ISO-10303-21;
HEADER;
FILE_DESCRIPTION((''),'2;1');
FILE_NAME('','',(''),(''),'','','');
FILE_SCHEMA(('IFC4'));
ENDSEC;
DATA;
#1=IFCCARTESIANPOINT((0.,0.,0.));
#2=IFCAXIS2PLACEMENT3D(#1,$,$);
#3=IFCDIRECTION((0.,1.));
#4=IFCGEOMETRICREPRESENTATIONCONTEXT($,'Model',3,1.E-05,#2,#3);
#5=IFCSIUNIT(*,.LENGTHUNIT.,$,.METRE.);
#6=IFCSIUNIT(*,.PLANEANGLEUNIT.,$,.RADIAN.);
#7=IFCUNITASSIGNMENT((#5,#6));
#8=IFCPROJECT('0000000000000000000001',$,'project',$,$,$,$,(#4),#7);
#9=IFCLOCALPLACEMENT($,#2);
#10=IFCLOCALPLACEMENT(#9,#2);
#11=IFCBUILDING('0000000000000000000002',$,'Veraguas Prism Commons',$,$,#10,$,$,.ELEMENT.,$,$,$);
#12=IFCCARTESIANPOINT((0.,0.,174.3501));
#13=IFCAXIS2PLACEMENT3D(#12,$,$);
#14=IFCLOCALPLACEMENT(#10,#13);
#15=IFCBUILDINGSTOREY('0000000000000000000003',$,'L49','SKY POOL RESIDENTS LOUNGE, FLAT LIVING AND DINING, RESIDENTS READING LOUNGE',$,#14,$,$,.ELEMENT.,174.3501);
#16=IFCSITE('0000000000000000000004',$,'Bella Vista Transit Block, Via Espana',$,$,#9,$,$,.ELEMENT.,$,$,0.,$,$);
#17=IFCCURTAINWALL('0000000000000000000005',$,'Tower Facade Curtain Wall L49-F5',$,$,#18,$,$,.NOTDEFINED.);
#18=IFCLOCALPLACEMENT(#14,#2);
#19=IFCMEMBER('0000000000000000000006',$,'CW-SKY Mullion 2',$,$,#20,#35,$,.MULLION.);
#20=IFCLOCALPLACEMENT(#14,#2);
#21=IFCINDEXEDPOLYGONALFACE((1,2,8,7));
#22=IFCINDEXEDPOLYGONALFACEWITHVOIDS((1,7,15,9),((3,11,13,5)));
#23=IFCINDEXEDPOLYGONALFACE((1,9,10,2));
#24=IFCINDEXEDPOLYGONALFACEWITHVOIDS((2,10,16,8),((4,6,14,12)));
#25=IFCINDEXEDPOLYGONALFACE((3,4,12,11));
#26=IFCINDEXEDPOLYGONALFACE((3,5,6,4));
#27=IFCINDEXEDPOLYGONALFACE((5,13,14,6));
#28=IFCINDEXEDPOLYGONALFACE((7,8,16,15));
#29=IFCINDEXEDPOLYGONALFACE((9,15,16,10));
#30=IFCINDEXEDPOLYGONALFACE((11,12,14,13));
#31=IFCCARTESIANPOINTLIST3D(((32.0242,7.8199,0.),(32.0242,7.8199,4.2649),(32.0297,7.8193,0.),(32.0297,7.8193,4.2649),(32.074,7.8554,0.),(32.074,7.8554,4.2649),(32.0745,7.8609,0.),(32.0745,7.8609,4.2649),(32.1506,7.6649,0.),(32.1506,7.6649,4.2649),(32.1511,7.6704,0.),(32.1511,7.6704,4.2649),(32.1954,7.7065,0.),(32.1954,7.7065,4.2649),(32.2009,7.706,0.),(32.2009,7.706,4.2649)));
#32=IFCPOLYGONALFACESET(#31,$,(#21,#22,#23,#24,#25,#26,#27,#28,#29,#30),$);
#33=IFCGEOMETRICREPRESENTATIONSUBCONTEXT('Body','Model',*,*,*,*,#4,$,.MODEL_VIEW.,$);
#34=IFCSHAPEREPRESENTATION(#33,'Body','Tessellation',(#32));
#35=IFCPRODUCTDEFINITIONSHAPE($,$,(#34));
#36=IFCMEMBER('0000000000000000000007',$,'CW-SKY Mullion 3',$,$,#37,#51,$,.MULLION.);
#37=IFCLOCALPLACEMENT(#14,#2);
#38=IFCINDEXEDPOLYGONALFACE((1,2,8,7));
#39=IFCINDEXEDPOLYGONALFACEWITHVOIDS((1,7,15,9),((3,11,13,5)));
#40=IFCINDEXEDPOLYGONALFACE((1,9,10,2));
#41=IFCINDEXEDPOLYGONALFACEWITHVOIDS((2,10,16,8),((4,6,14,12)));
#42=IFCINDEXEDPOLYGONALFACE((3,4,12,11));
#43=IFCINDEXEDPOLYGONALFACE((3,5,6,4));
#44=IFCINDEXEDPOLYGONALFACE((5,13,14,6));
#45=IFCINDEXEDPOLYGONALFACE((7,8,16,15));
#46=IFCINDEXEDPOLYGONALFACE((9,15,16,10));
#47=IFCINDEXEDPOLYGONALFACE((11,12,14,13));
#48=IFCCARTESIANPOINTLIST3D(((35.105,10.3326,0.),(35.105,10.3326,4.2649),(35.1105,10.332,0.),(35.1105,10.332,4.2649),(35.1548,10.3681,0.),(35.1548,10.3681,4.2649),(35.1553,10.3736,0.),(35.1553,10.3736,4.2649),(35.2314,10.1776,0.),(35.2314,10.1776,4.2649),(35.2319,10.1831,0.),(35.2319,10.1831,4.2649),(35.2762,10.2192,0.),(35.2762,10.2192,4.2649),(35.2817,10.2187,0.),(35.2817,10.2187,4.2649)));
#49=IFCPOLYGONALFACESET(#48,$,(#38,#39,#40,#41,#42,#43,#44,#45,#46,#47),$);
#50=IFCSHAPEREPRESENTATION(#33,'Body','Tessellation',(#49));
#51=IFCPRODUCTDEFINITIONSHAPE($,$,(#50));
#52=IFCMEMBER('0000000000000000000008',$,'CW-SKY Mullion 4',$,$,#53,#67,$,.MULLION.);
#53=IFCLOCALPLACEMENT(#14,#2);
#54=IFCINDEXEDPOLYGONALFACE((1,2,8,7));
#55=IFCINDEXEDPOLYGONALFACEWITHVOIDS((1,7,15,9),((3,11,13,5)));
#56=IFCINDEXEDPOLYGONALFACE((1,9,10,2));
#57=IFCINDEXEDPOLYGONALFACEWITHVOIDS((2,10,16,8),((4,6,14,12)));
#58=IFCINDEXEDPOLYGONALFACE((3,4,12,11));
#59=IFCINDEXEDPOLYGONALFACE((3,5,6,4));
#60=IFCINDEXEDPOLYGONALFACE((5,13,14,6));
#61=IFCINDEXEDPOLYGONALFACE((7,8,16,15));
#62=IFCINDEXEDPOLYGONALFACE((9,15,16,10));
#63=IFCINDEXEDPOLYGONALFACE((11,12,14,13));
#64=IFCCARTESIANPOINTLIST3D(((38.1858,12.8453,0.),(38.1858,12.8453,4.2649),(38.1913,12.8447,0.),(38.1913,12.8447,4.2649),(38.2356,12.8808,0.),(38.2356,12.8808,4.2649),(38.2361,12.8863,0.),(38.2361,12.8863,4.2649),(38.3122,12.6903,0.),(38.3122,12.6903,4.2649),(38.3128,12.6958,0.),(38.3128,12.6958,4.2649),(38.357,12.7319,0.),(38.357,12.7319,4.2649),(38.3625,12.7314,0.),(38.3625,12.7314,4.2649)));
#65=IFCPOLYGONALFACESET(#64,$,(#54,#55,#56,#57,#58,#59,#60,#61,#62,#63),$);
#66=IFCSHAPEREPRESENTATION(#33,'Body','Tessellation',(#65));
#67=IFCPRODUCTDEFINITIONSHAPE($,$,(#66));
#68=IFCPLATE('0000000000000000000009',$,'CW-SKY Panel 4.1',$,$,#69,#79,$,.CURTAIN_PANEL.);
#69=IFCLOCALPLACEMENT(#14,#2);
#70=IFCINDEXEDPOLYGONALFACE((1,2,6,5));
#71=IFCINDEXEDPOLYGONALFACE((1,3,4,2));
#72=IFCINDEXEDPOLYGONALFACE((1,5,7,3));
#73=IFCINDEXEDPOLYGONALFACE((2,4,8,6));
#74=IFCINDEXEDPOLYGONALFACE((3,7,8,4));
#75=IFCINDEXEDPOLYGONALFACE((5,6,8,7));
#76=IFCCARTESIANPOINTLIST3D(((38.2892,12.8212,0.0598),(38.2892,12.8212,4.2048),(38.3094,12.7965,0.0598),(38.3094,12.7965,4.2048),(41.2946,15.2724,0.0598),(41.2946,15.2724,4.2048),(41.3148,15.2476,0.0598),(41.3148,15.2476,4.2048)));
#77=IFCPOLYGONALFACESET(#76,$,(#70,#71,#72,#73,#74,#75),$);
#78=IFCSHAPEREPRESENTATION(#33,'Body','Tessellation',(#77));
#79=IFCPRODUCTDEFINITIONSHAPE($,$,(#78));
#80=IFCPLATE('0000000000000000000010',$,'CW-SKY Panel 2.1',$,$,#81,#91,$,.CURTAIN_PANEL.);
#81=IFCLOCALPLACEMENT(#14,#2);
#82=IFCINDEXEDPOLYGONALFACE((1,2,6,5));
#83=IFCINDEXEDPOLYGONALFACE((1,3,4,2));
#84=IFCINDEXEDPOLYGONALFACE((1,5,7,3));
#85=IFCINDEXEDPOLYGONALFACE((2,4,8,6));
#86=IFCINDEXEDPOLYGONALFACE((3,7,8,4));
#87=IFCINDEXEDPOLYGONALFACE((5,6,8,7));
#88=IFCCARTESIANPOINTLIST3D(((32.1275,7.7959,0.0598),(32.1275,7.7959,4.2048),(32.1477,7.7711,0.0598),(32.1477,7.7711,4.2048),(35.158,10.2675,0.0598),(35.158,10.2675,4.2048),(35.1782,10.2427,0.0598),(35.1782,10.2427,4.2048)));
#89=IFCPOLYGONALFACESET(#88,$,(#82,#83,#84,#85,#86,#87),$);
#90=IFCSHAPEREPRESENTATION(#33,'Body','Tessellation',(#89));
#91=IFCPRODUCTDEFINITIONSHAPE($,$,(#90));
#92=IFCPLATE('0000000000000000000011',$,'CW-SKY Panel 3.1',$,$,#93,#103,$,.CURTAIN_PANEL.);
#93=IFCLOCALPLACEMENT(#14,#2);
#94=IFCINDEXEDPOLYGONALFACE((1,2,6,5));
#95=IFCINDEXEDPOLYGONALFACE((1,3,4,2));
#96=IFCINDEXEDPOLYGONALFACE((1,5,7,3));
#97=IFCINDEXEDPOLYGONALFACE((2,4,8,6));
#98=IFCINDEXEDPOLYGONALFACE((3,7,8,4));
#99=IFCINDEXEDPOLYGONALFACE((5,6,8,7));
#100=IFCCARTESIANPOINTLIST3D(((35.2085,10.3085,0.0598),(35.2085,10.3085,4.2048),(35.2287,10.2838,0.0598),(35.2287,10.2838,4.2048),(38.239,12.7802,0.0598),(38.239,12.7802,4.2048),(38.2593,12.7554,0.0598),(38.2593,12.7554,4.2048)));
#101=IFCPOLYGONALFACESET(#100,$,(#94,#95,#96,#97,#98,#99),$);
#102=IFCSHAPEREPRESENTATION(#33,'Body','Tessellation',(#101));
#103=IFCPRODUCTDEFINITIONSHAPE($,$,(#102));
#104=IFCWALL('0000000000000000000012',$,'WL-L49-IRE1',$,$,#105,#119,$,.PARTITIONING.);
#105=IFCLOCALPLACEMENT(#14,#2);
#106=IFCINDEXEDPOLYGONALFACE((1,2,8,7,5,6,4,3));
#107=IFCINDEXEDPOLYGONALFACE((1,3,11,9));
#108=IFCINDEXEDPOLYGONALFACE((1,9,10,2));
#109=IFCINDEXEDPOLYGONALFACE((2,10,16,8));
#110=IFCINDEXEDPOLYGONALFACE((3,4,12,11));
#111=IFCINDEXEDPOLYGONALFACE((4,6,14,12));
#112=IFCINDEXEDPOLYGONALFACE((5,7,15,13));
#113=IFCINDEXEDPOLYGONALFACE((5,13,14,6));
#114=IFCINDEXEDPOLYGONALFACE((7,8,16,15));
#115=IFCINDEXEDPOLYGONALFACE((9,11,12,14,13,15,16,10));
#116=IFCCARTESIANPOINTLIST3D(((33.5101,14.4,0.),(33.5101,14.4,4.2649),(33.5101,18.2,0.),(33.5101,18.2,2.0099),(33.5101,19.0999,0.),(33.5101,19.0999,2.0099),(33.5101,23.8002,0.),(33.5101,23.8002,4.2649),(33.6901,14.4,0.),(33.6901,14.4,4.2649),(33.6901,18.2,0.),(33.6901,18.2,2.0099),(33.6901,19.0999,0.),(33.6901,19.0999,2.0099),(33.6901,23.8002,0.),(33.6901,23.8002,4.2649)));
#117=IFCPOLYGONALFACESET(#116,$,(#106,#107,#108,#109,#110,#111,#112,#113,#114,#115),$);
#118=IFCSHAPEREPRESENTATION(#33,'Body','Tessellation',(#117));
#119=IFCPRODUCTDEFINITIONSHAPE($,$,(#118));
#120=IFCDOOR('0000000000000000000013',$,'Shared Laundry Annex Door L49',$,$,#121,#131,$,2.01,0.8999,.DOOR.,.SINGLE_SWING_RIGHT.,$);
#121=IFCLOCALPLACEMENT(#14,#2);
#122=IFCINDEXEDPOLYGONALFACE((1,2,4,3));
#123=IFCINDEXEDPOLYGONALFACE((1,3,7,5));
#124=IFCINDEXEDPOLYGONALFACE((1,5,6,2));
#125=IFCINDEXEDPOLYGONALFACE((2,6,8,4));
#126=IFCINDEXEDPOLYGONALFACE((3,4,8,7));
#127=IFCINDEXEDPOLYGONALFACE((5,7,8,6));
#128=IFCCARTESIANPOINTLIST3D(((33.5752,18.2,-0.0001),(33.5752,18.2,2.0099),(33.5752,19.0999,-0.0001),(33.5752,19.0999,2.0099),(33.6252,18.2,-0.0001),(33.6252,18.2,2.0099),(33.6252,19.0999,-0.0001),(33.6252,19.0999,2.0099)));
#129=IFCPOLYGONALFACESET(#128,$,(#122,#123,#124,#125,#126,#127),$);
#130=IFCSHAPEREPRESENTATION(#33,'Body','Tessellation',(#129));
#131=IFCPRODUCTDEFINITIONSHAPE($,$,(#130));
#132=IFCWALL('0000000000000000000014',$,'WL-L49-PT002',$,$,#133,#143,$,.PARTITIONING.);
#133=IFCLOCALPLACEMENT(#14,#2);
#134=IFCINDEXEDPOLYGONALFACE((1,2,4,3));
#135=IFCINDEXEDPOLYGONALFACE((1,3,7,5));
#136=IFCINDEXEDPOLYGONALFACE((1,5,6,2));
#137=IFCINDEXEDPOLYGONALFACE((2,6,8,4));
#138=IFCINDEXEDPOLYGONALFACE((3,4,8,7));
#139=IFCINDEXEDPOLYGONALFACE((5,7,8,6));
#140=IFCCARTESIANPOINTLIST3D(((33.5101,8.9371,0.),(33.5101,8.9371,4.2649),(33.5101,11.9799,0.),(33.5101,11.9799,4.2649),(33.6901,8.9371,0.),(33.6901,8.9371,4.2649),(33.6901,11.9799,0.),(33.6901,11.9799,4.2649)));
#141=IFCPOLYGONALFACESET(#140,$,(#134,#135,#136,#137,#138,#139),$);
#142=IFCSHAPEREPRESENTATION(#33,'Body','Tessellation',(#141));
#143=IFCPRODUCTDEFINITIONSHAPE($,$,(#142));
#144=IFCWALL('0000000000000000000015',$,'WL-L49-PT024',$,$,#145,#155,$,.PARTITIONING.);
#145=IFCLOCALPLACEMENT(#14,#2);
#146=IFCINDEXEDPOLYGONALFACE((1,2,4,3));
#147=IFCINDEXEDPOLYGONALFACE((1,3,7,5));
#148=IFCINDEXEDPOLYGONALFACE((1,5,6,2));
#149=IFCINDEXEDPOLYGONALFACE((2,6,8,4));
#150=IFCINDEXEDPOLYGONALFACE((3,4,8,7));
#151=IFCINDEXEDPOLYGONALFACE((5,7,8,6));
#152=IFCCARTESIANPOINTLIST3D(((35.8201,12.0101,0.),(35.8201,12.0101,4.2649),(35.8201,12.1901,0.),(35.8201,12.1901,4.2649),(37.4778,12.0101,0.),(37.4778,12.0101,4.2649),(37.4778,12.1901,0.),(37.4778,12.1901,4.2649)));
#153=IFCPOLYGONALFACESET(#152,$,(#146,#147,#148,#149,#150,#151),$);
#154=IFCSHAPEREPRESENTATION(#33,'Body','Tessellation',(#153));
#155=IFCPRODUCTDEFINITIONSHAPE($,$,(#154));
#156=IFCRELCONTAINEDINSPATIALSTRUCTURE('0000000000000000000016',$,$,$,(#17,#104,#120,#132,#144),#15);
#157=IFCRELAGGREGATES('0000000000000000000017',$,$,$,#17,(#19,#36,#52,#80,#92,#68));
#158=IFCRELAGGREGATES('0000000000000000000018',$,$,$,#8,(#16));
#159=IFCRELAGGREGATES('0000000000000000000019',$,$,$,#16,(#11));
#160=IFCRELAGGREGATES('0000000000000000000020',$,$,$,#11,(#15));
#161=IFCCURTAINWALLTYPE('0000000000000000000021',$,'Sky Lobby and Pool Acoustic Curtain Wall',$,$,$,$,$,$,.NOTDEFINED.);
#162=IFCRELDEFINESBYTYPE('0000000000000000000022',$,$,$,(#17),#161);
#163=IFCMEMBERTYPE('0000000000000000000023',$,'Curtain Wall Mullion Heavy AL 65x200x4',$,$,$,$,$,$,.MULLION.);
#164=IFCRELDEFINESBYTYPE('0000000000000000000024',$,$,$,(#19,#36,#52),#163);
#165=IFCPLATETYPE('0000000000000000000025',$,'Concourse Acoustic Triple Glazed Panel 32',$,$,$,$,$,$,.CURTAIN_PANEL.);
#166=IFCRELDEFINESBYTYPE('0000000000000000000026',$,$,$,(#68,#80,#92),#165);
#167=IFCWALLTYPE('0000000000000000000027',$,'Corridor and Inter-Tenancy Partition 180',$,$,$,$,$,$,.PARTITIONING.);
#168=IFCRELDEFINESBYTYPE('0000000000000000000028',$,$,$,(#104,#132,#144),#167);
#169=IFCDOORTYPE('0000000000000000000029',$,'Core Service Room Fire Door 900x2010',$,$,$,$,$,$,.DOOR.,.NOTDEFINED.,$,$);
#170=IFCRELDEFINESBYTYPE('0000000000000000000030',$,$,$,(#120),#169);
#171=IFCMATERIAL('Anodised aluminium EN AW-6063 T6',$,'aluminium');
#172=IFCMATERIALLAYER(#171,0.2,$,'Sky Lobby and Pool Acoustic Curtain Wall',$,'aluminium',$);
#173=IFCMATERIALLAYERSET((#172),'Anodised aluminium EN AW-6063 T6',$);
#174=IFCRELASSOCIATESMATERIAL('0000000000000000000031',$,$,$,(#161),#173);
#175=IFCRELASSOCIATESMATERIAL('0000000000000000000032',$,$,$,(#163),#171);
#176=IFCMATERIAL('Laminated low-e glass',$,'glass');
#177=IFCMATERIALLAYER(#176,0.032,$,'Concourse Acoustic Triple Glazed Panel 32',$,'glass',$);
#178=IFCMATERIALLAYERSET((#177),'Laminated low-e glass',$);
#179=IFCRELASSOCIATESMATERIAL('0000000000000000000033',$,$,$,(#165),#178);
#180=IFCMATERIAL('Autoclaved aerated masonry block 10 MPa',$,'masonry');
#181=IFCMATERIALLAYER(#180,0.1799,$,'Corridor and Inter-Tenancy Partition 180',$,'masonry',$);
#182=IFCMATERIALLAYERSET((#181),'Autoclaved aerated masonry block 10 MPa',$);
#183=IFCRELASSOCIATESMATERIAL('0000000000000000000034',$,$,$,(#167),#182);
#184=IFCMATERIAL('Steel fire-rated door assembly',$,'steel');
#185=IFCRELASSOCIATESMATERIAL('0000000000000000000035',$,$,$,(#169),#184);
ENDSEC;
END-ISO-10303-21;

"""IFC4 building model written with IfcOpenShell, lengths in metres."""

from ifc_helpers import new_model, si_unit, direction, frame, frame_2d, origin, origin_2d, place, context, subcontext, project, spatial, rectangle, hollow_rectangle, extrude, source, transform, mapped, material, layer, layer_set, material_profile, profile_set, type_object, element, fill, aggregate, save


model = new_model("IFC4")

# Units and contexts
model_context = context("Model", 3, precision=1e-05, world=origin(), true_north=direction((0.0, 1.0)))
body_context = subcontext(model_context, "Body", "Model", "MODEL_VIEW")
ifc_project = project(units=[si_unit("LENGTHUNIT", "METRE"), si_unit("PLANEANGLEUNIT", "RADIAN")], contexts=[model_context])

# Site, building, storey
site_placement = place(None, origin())
site = spatial("IfcSite", under=ifc_project, at=site_placement, Name="Bella Vista Transit Block, Via Espana", CompositionType="ELEMENT", RefElevation=0.0)
building_placement = place(site_placement, origin())
building = spatial("IfcBuilding", under=site, at=building_placement, Name="Veraguas Prism Commons", CompositionType="ELEMENT")
storey_placement = place(building_placement, frame((0.0, 0.0, 174.3501)))
storey = spatial("IfcBuildingStorey", under=building, at=storey_placement, Name="L49", Description="SKY POOL RESIDENTS LOUNGE, FLAT LIVING AND DINING, RESIDENTS READING LOUNGE", CompositionType="ELEMENT", Elevation=174.3501)

# Curtain wall, members, plates
ifc_material_1 = material(Name="Anodised aluminium EN AW-6063 T6", Category="aluminium")
ifc_layer_1 = layer(ifc_material_1, 0.2, Name="Sky Lobby and Pool Acoustic Curtain Wall", Category="aluminium")
ifc_layer_set_1 = layer_set([ifc_layer_1], Name="Anodised aluminium EN AW-6063 T6")
curtain_wall_type = type_object("IfcCurtainWallType", Name="Sky Lobby and Pool Acoustic Curtain Wall", PredefinedType="NOTDEFINED", material=ifc_layer_set_1)
curtain_wall_placement = place(storey_placement, origin())
curtain_wall = element("IfcCurtainWall", 1, at=curtain_wall_placement, inside=storey, type_object=curtain_wall_type, Name="Tower Facade Curtain Wall L49-F5", PredefinedType="NOTDEFINED")
ifc_material_profile_1 = material_profile(ifc_material_1, hollow_rectangle(XDim=0.0649, YDim=0.2, WallThickness=0.0039, at=origin_2d()), Name="AL65X200X4")
ifc_profile_set_1 = profile_set([ifc_material_profile_1], Name="Anodised aluminium EN AW-6063 T6")
member_type = type_object("IfcMemberType", Name="Curtain Wall Mullion Heavy AL 65x200x4", PredefinedType="MULLION", material=ifc_profile_set_1)
shared_shape_1 = source(origin(), body_context, "Body", "SweptSolid", [
    extrude(hollow_rectangle(XDim=0.0649, YDim=0.2, WallThickness=0.0039, at=origin_2d()), origin(), (0.0, 0.0, 1.0), 4.2649),
])
member_1_placement = place(storey_placement, frame((32.1125, 7.7629, 0.0), z_axis=(0.0, 0.0, 1.0), x_axis=(0.774941, 0.632033, 0.0)))
member_1 = element("IfcMember", 2, at=member_1_placement, type_object=member_type, Name="CW-SKY Mullion 2", PredefinedType="MULLION", context=body_context, shape_type="MappedRepresentation", body=[
    mapped(shared_shape_1, transform((0.0, 0.0, 0.0), scale=1.0)),
])
member_2_placement = place(storey_placement, frame((35.1934, 10.2756, 0.0), z_axis=(0.0, 0.0, 1.0), x_axis=(0.774941, 0.632033, 0.0)))
member_2 = element("IfcMember", 3, at=member_2_placement, type_object=member_type, Name="CW-SKY Mullion 3", PredefinedType="MULLION", context=body_context, shape_type="MappedRepresentation", body=[
    mapped(shared_shape_1, transform((0.0, 0.0, 0.0), scale=1.0)),
])
member_3_placement = place(storey_placement, frame((38.2742, 12.7883, 0.0), z_axis=(0.0, 0.0, 1.0), x_axis=(0.774941, 0.632033, 0.0)))
member_3 = element("IfcMember", 4, at=member_3_placement, type_object=member_type, Name="CW-SKY Mullion 4", PredefinedType="MULLION", context=body_context, shape_type="MappedRepresentation", body=[
    mapped(shared_shape_1, transform((0.0, 0.0, 0.0), scale=1.0)),
])
ifc_material_2 = material(Name="Laminated low-e glass", Category="glass")
ifc_layer_2 = layer(ifc_material_2, 0.032, Name="Concourse Acoustic Triple Glazed Panel 32", Category="glass")
ifc_layer_set_2 = layer_set([ifc_layer_2], Name="Laminated low-e glass")
plate_type = type_object("IfcPlateType", Name="Concourse Acoustic Triple Glazed Panel 32", PredefinedType="CURTAIN_PANEL", material=ifc_layer_set_2)
shared_shape_2 = source(origin(), body_context, "Body", "SweptSolid", [
    extrude(rectangle(XDim=3.8782, YDim=0.032, at=origin_2d()), origin(), (0.0, 0.0, 1.0), 4.145),
])
plate_1_placement = place(storey_placement, frame((39.802, 14.0344, 0.0598), z_axis=(0.0, 0.0, 1.0), x_axis=(0.774941, 0.632033, 0.0)))
plate_1 = element("IfcPlate", 5, at=plate_1_placement, type_object=plate_type, Name="CW-SKY Panel 4.1", PredefinedType="CURTAIN_PANEL", context=body_context, shape_type="MappedRepresentation", body=[
    mapped(shared_shape_2, transform((0.0, 0.0, 0.0), scale=1.0)),
])
shared_shape_3 = source(origin(), body_context, "Body", "SweptSolid", [
    extrude(rectangle(XDim=3.9106, YDim=0.032, at=origin_2d()), origin(), (0.0, 0.0, 1.0), 4.145),
])
plate_2_placement = place(storey_placement, frame((33.6528, 9.0193, 0.0598), z_axis=(0.0, 0.0, 1.0), x_axis=(0.774941, 0.632033, 0.0)))
plate_2 = element("IfcPlate", 6, at=plate_2_placement, type_object=plate_type, Name="CW-SKY Panel 2.1", PredefinedType="CURTAIN_PANEL", context=body_context, shape_type="MappedRepresentation", body=[
    mapped(shared_shape_3, transform((0.0, 0.0, 0.0), scale=1.0)),
])
plate_3_placement = place(storey_placement, frame((36.7339, 11.532, 0.0598), z_axis=(0.0, 0.0, 1.0), x_axis=(0.774941, 0.632033, 0.0)))
plate_3 = element("IfcPlate", 7, at=plate_3_placement, type_object=plate_type, Name="CW-SKY Panel 3.1", PredefinedType="CURTAIN_PANEL", context=body_context, shape_type="MappedRepresentation", body=[
    mapped(shared_shape_3, transform((0.0, 0.0, 0.0), scale=1.0)),
])
aggregate(curtain_wall, [member_1, member_2, member_3, plate_2, plate_3, plate_1])

# Wall, opening, door
ifc_material_3 = material(Name="Autoclaved aerated masonry block 10 MPa", Category="masonry")
ifc_layer_3 = layer(ifc_material_3, 0.1799, Name="Corridor and Inter-Tenancy Partition 180", Category="masonry")
ifc_layer_set_3 = layer_set([ifc_layer_3], Name="Autoclaved aerated masonry block 10 MPa")
wall_type_1 = type_object("IfcWallType", Name="Corridor and Inter-Tenancy Partition 180", PredefinedType="PARTITIONING", material=ifc_layer_set_3)
wall_1_placement = place(storey_placement, frame((33.6001, 14.3999, 0.0), z_axis=(0.0, 0.0, 1.0), x_axis=(0.0, 1.0, 0.0)))
wall_1 = element("IfcWall", 8, at=wall_1_placement, inside=storey, type_object=wall_type_1, Name="WL-L49-IRE1", PredefinedType="PARTITIONING", context=body_context, shape_type="SweptSolid", body=[
    extrude(rectangle(XDim=9.4001, YDim=0.1799, at=frame_2d((4.7002, 0.0))), origin(), (0.0, 0.0, 1.0), 4.2649),
])
opening_1_placement = place(wall_1_placement, frame((3.8, 0.0, 0.0)))
opening_1 = element("IfcOpeningElement", 9, at=opening_1_placement, cuts=wall_1, PredefinedType="OPENING", context=body_context, shape_type="SweptSolid", body=[
    extrude(rectangle(XDim=0.8999, YDim=2.01, at=frame_2d((0.45, 1.0049))), frame((0.0, 0.0999, 0.0), z_axis=(0.0, -1.0, 0.0), x_axis=(1.0, 0.0, 0.0)), (0.0, 0.0, 1.0), 0.2),
])
ifc_material_4 = material(Name="Steel fire-rated door assembly", Category="steel")
door_type_1 = type_object("IfcDoorType", Name="Core Service Room Fire Door 900x2010", OperationType="NOTDEFINED", PredefinedType="DOOR", material=ifc_material_4)
shared_shape_4 = source(origin(), body_context, "Body", "SweptSolid", [
    extrude(rectangle(XDim=0.8999, YDim=2.01, at=frame_2d((0.45, 1.0049))), frame((0.0, 0.0249, 0.0), z_axis=(0.0, -1.0, 0.0), x_axis=(1.0, 0.0, 0.0)), (0.0, 0.0, 1.0), 0.05),
])
door_1_placement = place(opening_1_placement, origin())
door_1 = element("IfcDoor", 10, at=door_1_placement, inside=storey, type_object=door_type_1, Name="Shared Laundry Annex Door L49", OperationType="SINGLE_SWING_RIGHT", OverallHeight=2.01, OverallWidth=0.8999, PredefinedType="DOOR", context=body_context, shape_type="MappedRepresentation", body=[
    mapped(shared_shape_4, transform((0.0, 0.0, 0.0), scale=1.0)),
])
fill(opening_1, door_1)

# Walls
wall_2_placement = place(storey_placement, frame((33.6001, 11.98, 0.0), z_axis=(0.0, 0.0, 1.0), x_axis=(0.0, -1.0, 0.0)))
element("IfcWall", 11, at=wall_2_placement, inside=storey, type_object=wall_type_1, Name="WL-L49-PT002", PredefinedType="PARTITIONING", context=body_context, shape_type="SweptSolid", body=[
    extrude(rectangle(XDim=3.0427, YDim=0.1799, at=frame_2d((1.5215, 0.0))), origin(), (0.0, 0.0, 1.0), 4.2649),
])
wall_3_placement = place(storey_placement, frame((35.8201, 12.1001, 0.0), z_axis=(0.0, 0.0, 1.0), x_axis=(1.0, 0.0, 0.0)))
element("IfcWall", 12, at=wall_3_placement, inside=storey, type_object=wall_type_1, Name="WL-L49-PT024", PredefinedType="PARTITIONING", context=body_context, shape_type="SweptSolid", body=[
    extrude(rectangle(XDim=1.6577, YDim=0.1799, at=frame_2d((0.8289, 0.0))), origin(), (0.0, 0.0, 1.0), 4.2649),
])

save(model, "model.ifc")
